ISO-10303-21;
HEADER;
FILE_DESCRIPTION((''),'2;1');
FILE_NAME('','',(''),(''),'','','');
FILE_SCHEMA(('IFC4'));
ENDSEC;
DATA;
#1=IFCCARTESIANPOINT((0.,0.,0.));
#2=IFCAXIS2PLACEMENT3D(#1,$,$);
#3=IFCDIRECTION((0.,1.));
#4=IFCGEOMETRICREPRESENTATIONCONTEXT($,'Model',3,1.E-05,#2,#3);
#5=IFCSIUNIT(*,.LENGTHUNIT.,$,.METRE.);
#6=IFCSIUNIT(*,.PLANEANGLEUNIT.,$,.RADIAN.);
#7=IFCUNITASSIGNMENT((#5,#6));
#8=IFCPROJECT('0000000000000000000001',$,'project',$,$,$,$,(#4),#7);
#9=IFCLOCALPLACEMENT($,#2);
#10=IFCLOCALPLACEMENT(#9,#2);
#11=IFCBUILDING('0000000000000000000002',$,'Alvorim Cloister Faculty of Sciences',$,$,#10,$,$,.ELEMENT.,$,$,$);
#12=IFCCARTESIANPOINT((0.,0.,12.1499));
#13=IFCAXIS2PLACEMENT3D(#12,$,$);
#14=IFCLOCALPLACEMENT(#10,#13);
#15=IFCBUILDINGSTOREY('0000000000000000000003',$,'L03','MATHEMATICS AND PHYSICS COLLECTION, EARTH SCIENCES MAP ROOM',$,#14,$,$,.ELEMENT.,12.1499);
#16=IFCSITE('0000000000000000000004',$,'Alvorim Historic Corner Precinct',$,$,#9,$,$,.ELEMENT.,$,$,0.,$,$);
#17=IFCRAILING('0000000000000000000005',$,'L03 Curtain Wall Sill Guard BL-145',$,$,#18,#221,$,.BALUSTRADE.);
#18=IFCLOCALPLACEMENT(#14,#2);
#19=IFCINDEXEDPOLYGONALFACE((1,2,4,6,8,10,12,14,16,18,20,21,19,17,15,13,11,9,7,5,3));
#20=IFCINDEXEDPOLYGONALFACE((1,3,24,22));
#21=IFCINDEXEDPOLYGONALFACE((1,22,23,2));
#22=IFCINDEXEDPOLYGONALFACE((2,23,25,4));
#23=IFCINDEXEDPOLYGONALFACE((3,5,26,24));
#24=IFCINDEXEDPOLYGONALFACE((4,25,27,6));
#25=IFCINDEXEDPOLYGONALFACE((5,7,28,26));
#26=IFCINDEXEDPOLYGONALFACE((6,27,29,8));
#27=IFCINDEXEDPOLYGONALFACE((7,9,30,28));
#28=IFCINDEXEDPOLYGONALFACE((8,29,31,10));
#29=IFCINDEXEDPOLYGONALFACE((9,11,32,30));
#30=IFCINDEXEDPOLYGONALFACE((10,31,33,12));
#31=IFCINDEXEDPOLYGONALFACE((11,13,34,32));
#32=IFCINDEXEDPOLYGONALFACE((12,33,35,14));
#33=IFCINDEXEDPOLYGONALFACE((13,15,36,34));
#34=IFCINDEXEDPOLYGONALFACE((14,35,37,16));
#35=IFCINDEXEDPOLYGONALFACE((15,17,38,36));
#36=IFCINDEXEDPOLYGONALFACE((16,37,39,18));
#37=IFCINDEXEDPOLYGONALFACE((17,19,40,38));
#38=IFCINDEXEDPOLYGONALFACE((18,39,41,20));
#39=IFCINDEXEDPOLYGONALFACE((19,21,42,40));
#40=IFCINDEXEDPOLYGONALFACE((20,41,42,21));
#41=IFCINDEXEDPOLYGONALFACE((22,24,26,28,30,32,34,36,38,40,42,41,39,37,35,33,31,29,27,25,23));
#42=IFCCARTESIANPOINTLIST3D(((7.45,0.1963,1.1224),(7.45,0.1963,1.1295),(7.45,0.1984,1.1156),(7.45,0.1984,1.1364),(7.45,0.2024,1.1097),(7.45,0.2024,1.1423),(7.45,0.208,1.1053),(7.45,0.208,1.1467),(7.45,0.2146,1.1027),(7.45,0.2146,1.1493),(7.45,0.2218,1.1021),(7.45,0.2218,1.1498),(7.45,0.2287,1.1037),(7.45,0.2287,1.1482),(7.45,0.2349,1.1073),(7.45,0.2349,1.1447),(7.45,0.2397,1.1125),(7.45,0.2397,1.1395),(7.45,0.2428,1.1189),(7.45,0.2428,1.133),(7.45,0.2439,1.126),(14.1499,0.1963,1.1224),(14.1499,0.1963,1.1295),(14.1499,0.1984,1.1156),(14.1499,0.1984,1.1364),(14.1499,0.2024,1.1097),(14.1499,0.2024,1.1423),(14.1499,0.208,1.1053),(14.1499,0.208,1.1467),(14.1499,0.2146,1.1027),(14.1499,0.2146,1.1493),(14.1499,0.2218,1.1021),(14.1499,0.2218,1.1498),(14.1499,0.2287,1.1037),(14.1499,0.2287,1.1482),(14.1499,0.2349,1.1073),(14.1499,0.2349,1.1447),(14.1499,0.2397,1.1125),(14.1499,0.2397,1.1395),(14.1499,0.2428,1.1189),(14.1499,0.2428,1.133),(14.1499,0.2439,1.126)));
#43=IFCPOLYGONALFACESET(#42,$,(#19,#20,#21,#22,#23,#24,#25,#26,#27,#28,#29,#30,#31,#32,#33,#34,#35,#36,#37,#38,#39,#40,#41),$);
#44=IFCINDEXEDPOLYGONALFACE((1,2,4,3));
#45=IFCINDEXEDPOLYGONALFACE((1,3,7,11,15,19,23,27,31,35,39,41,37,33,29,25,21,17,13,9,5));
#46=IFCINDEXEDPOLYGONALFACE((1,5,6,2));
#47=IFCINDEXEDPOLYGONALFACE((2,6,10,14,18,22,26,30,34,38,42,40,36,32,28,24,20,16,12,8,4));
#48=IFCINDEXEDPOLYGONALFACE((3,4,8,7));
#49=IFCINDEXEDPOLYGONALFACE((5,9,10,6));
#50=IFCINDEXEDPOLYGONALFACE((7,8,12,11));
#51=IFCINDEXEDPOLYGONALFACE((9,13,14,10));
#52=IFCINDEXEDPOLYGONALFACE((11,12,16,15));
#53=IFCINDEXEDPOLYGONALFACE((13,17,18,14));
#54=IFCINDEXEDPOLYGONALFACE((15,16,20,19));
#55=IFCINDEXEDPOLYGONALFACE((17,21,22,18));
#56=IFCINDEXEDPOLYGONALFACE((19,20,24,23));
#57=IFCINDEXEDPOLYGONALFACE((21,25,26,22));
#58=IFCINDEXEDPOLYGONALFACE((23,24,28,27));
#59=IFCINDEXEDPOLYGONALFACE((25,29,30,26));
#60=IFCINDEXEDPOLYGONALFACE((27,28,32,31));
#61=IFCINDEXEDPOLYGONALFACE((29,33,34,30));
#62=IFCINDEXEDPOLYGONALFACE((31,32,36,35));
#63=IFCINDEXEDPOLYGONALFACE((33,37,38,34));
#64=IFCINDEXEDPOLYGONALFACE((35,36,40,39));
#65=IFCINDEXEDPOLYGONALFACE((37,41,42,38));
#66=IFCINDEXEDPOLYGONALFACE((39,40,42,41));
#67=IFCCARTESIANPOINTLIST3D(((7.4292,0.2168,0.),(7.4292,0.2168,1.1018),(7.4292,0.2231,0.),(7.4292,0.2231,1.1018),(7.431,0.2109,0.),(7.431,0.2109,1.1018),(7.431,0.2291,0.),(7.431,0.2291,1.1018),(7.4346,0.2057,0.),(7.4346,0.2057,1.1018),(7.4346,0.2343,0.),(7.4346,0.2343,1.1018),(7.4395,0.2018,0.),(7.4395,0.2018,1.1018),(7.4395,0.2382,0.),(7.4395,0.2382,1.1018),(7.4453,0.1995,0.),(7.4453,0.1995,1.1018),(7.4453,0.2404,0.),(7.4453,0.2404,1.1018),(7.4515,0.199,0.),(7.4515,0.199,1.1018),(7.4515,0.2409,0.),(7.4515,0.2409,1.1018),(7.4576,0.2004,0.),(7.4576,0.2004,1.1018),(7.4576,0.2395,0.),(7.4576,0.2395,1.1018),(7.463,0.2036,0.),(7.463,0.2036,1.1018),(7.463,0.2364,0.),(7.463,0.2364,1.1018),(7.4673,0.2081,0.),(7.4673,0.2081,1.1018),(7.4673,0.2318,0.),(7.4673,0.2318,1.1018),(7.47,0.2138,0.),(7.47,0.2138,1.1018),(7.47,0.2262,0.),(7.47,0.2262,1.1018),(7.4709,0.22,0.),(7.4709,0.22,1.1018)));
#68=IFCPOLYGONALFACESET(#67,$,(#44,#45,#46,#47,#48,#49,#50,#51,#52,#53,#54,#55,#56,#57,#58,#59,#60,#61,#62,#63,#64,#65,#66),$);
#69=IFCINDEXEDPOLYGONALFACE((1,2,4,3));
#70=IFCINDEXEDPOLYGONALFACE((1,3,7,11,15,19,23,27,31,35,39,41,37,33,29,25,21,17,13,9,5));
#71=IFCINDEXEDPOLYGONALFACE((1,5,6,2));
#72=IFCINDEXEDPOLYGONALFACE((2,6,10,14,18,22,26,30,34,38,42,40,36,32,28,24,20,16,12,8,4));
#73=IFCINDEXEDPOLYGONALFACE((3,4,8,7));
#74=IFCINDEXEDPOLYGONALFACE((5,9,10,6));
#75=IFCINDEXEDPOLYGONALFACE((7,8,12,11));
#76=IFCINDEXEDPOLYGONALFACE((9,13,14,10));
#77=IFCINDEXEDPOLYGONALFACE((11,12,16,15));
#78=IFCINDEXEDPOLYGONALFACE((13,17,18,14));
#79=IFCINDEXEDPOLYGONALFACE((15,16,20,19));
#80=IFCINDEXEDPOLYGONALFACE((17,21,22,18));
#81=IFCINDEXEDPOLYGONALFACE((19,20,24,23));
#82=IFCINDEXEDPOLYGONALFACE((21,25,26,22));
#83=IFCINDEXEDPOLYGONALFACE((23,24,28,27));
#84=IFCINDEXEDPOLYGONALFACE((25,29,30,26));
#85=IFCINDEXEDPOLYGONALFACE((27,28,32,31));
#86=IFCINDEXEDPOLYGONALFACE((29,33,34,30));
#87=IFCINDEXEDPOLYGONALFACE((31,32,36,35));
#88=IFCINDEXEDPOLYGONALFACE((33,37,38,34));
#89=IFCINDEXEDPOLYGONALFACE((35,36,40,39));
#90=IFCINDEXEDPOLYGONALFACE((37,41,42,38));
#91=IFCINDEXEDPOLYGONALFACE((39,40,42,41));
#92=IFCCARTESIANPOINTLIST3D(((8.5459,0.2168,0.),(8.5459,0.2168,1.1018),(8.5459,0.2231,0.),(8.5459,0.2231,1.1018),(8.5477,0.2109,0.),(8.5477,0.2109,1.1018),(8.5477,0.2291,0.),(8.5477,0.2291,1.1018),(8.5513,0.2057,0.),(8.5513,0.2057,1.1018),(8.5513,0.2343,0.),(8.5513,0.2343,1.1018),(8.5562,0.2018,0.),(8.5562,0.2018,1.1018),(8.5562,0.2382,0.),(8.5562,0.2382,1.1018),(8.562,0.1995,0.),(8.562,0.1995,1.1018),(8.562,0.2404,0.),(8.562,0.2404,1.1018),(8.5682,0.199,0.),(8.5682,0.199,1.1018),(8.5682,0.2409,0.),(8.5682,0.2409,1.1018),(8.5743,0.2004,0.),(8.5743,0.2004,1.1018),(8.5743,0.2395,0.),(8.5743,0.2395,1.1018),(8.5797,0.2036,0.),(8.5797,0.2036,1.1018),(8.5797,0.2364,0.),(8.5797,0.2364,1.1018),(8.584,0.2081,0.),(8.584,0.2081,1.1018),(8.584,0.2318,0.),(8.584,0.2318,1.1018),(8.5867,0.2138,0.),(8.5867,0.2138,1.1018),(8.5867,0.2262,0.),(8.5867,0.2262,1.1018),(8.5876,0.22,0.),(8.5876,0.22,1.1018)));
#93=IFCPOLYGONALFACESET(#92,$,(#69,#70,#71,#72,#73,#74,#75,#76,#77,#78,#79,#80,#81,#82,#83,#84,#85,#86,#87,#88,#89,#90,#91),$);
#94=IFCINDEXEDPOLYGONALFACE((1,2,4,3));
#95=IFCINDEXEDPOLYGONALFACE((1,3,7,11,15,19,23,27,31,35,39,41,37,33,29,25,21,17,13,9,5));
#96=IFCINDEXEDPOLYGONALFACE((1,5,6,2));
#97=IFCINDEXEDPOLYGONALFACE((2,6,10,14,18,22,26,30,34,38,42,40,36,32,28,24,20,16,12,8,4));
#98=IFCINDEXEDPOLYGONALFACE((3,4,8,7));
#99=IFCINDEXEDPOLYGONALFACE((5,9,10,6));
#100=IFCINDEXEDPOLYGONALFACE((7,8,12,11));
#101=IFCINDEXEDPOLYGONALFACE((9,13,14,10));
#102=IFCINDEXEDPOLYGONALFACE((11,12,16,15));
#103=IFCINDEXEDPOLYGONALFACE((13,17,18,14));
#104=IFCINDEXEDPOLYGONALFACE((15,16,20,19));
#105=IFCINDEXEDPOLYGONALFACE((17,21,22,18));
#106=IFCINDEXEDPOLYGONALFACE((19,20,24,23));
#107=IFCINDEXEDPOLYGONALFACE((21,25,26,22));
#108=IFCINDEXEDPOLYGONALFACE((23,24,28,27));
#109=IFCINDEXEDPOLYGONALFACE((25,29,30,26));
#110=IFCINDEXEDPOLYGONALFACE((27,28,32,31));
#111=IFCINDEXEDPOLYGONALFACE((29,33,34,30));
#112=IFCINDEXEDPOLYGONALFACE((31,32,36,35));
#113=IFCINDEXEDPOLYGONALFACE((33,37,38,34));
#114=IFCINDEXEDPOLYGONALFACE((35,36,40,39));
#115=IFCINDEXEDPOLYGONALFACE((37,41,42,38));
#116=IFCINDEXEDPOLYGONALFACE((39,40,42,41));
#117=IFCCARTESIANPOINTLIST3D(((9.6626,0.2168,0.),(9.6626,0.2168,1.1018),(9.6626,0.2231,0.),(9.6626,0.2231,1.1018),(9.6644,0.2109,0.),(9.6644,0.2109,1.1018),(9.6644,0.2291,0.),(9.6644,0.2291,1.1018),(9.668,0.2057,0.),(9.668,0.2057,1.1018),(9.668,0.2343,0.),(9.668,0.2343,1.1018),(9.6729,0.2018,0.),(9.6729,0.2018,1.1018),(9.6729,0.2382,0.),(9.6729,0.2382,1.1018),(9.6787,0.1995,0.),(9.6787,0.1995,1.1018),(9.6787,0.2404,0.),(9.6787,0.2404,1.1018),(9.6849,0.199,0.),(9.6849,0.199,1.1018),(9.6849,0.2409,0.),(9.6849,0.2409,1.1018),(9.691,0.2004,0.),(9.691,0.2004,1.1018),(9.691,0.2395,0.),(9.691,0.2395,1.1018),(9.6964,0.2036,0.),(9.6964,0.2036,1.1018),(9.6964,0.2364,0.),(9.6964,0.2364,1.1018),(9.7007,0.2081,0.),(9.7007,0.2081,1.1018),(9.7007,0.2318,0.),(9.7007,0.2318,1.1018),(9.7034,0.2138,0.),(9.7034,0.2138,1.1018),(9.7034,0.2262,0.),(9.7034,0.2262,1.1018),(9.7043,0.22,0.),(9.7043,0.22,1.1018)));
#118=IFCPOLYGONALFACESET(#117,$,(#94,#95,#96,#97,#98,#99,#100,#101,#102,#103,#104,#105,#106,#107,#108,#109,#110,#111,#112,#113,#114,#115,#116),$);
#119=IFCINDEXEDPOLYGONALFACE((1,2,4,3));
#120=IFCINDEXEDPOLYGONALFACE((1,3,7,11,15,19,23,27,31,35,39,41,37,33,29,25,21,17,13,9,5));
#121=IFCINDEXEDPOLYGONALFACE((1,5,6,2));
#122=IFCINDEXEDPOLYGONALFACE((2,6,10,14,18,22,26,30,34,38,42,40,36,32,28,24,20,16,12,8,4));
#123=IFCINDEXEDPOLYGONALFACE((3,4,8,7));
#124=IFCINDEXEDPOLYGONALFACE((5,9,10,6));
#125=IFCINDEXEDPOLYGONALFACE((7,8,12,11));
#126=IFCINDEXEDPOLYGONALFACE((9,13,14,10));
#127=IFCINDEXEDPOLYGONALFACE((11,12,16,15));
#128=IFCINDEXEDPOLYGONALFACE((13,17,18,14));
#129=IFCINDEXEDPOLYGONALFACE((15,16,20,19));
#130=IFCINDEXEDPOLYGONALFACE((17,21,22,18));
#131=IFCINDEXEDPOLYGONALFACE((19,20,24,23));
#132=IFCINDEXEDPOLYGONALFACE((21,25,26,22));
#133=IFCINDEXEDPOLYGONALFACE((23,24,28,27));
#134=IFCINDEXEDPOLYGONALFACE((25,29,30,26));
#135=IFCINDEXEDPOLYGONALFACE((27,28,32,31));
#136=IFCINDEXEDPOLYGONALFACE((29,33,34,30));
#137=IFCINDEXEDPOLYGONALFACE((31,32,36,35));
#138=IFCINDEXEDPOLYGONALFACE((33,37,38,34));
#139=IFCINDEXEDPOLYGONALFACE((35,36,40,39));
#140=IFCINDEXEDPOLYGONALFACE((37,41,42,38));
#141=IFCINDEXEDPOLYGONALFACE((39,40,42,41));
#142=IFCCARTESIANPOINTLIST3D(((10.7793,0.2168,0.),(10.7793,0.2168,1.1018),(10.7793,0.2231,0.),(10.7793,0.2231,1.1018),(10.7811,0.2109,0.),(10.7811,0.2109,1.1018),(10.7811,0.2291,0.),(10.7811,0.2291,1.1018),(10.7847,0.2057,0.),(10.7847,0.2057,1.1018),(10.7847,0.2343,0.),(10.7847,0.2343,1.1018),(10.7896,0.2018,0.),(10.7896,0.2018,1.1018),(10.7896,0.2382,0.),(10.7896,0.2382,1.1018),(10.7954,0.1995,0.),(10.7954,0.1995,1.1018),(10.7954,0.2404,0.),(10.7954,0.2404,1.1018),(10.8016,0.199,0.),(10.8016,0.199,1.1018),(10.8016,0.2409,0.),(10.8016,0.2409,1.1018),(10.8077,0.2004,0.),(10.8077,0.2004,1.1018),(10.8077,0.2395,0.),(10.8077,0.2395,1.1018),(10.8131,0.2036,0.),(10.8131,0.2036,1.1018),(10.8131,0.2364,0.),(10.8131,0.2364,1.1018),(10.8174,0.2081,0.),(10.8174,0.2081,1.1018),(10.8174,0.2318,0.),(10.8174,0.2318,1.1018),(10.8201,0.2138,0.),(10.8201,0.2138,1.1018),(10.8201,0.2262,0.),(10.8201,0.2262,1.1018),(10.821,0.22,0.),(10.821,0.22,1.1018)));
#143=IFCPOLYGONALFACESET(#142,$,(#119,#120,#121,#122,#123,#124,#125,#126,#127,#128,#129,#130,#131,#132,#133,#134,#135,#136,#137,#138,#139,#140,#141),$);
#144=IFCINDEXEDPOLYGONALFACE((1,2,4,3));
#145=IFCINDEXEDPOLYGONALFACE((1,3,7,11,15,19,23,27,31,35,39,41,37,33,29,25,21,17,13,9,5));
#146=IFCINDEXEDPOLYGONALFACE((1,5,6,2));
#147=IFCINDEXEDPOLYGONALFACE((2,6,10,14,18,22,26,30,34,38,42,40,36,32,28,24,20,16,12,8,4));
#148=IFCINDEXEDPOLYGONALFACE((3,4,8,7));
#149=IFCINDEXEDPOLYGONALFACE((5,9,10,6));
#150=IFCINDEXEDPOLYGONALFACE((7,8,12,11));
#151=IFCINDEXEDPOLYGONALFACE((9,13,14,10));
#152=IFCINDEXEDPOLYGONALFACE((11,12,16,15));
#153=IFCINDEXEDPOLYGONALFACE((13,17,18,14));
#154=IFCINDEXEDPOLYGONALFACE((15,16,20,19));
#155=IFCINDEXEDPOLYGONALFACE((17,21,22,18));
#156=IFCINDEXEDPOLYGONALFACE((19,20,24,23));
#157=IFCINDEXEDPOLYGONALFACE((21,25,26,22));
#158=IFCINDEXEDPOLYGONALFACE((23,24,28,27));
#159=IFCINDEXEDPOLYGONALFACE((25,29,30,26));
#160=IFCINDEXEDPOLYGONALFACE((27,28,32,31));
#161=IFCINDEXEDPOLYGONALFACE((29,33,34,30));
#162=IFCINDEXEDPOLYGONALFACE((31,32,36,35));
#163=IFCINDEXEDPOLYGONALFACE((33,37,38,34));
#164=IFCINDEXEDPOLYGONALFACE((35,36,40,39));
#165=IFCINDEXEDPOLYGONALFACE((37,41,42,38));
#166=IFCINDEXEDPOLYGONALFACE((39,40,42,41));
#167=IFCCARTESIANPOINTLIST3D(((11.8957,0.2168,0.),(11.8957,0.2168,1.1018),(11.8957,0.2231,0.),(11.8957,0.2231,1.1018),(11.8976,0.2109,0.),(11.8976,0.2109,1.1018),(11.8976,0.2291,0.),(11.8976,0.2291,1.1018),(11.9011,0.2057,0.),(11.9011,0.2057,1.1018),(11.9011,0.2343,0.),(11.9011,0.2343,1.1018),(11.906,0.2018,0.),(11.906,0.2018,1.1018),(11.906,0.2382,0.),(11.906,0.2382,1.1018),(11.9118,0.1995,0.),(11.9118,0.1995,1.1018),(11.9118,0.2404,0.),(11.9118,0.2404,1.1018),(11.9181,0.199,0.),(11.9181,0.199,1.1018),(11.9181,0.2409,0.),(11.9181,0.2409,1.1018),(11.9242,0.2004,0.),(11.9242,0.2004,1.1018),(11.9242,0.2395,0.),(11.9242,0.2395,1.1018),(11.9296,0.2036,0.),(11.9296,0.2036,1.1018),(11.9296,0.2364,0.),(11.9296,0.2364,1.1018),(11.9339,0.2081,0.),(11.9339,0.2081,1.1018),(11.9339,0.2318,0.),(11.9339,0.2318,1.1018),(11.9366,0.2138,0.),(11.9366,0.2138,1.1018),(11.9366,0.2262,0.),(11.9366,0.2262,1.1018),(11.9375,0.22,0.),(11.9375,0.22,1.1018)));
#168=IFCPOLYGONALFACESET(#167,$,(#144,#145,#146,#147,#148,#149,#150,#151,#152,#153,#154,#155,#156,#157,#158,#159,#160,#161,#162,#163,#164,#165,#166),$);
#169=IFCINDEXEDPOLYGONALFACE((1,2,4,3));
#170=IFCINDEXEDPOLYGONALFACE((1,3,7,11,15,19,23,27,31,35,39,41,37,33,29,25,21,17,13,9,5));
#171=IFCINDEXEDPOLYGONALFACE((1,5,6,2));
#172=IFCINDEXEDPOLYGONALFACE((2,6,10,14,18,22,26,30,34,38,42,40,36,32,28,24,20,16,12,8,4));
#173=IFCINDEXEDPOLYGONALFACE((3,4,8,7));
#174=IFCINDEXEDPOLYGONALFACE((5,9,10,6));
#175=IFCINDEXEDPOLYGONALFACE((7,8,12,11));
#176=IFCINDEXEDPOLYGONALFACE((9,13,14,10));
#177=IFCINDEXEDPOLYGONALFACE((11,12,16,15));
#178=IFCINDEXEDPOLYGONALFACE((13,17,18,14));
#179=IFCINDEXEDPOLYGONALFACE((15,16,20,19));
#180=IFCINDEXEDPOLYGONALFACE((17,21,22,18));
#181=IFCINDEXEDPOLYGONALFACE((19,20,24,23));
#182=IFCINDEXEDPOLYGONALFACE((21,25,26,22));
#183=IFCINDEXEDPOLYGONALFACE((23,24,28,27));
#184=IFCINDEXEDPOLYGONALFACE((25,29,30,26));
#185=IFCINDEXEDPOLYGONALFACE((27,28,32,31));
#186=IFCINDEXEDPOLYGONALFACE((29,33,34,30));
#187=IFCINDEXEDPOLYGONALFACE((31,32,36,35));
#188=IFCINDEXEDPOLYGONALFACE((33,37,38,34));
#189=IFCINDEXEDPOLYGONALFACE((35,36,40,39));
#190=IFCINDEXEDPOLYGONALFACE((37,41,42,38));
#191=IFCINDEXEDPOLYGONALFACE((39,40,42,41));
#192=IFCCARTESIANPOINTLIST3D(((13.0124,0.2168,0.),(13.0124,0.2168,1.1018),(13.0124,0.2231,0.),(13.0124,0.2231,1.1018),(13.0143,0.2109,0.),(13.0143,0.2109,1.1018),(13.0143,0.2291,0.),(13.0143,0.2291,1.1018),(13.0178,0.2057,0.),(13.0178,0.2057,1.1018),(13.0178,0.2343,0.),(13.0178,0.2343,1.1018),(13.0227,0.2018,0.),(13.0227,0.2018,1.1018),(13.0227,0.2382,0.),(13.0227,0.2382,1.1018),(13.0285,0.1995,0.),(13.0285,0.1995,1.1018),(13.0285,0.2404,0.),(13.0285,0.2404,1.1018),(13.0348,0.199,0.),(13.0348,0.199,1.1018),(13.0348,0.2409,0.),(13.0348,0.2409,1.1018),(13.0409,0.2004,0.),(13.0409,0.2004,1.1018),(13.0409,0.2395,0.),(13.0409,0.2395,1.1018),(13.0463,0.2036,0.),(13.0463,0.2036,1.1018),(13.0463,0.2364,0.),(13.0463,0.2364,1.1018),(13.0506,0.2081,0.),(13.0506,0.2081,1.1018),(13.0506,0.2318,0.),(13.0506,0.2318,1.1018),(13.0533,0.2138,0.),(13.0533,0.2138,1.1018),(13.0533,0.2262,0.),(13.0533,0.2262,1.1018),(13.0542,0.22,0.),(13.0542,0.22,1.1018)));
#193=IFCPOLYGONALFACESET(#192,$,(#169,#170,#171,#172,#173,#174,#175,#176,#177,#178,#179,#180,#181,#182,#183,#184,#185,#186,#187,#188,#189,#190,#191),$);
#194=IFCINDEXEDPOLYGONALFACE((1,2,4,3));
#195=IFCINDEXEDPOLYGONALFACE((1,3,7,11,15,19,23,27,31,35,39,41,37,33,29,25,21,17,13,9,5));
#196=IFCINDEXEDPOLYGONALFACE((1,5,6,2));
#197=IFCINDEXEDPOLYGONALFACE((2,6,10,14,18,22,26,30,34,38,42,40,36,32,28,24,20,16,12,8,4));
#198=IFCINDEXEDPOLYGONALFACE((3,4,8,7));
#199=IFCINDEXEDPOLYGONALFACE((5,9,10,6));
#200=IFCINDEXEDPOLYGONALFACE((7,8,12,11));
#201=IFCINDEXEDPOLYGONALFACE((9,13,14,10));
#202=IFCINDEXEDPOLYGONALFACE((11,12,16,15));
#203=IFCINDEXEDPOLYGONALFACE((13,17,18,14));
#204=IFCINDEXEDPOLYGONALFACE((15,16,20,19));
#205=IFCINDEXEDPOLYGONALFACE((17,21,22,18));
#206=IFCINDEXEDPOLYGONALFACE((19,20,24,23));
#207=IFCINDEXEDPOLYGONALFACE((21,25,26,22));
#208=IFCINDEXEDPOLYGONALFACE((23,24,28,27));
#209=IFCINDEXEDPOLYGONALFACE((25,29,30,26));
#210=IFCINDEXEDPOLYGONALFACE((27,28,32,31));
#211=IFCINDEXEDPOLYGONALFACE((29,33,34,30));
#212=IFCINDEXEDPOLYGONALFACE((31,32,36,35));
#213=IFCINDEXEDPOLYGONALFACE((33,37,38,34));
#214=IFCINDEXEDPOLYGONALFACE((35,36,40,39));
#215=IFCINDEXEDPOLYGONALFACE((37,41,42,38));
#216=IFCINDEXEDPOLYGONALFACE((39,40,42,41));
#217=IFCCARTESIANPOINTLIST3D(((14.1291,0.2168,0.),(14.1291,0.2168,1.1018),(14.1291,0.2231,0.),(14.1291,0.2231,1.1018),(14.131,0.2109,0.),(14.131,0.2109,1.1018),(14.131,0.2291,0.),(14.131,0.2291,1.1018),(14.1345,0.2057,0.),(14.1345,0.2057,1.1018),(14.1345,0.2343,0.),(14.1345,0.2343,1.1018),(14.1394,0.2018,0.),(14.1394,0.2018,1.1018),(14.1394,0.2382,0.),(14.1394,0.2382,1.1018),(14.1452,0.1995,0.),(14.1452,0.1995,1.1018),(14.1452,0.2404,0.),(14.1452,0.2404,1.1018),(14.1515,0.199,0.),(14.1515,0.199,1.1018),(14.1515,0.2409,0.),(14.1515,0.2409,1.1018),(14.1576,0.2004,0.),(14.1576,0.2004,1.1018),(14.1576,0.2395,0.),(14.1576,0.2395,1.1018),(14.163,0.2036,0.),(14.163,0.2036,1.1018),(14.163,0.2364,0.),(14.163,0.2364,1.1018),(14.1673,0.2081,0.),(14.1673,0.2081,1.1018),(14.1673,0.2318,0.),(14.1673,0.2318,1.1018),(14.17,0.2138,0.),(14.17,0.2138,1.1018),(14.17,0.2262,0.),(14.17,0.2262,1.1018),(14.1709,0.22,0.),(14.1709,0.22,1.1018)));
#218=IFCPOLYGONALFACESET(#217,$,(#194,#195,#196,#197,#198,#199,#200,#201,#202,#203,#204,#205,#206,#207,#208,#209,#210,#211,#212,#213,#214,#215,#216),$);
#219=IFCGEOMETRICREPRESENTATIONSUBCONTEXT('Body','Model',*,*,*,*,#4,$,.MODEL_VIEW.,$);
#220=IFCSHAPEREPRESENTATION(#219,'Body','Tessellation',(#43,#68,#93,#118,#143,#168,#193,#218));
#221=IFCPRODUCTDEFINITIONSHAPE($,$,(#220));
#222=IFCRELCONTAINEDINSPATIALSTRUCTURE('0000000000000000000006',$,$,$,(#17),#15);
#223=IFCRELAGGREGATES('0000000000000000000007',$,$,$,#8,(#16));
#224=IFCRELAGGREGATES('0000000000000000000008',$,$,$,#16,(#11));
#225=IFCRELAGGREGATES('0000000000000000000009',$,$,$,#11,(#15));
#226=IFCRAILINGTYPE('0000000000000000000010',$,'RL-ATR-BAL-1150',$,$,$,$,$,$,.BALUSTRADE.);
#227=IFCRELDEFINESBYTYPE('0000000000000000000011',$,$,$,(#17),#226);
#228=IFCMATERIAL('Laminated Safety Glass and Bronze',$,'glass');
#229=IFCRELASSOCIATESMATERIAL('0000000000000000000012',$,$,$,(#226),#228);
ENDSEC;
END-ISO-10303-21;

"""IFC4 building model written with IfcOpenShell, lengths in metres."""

from ifc_helpers import new_model, si_unit, direction, frame, origin, origin_2d, place, context, subcontext, project, spatial, circle, extrude, material, type_object, element, save


model = new_model("IFC4")

# Units and contexts
model_context = context("Model", 3, precision=1e-05, world=origin(), true_north=direction((0.0, 1.0)))
body_context = subcontext(model_context, "Body", "Model", "MODEL_VIEW")
ifc_project = project(units=[si_unit("LENGTHUNIT", "METRE"), si_unit("PLANEANGLEUNIT", "RADIAN")], contexts=[model_context])

# Site, building, storey
site_placement = place(None, origin())
site = spatial("IfcSite", under=ifc_project, at=site_placement, Name="Alvorim Historic Corner Precinct", CompositionType="ELEMENT", RefElevation=0.0)
building_placement = place(site_placement, origin())
building = spatial("IfcBuilding", under=site, at=building_placement, Name="Alvorim Cloister Faculty of Sciences", CompositionType="ELEMENT")
storey_placement = place(building_placement, frame((0.0, 0.0, 12.1499)))
storey = spatial("IfcBuildingStorey", under=building, at=storey_placement, Name="L03", Description="MATHEMATICS AND PHYSICS COLLECTION, EARTH SCIENCES MAP ROOM", CompositionType="ELEMENT", Elevation=12.1499)

# Railing
ifc_material_1 = material(Name="Laminated Safety Glass and Bronze", Category="glass")
railing_type = type_object("IfcRailingType", Name="RL-ATR-BAL-1150", PredefinedType="BALUSTRADE", material=ifc_material_1)
railing_placement = place(storey_placement, frame((7.45, 0.22, 0.0)))
element("IfcRailing", 1, at=railing_placement, inside=storey, type_object=railing_type, Name="L03 Curtain Wall Sill Guard BL-145", PredefinedType="BALUSTRADE", context=body_context, shape_type="SweptSolid", body=[
    extrude(circle(Radius=0.0239, at=origin_2d()), frame((0.0, 0.0, 1.126), z_axis=(1.0, 0.0, 0.0), x_axis=(0.0, 1.0, 0.0)), (0.0, 0.0, 1.0), 6.7),
    extrude(circle(Radius=0.021, at=origin_2d()), origin(), (0.0, 0.0, 1.0), 1.1018),
    extrude(circle(Radius=0.021, at=origin_2d()), frame((1.1167, 0.0, 0.0)), (0.0, 0.0, 1.0), 1.1018),
    extrude(circle(Radius=0.021, at=origin_2d()), frame((2.2334, 0.0, 0.0)), (0.0, 0.0, 1.0), 1.1018),
    extrude(circle(Radius=0.021, at=origin_2d()), frame((3.3501, 0.0, 0.0)), (0.0, 0.0, 1.0), 1.1018),
    extrude(circle(Radius=0.021, at=origin_2d()), frame((4.4666, 0.0, 0.0)), (0.0, 0.0, 1.0), 1.1018),
    extrude(circle(Radius=0.021, at=origin_2d()), frame((5.5833, 0.0, 0.0)), (0.0, 0.0, 1.0), 1.1018),
    extrude(circle(Radius=0.021, at=origin_2d()), frame((6.7, 0.0, 0.0)), (0.0, 0.0, 1.0), 1.1018),
])

save(model, "model.ifc")
